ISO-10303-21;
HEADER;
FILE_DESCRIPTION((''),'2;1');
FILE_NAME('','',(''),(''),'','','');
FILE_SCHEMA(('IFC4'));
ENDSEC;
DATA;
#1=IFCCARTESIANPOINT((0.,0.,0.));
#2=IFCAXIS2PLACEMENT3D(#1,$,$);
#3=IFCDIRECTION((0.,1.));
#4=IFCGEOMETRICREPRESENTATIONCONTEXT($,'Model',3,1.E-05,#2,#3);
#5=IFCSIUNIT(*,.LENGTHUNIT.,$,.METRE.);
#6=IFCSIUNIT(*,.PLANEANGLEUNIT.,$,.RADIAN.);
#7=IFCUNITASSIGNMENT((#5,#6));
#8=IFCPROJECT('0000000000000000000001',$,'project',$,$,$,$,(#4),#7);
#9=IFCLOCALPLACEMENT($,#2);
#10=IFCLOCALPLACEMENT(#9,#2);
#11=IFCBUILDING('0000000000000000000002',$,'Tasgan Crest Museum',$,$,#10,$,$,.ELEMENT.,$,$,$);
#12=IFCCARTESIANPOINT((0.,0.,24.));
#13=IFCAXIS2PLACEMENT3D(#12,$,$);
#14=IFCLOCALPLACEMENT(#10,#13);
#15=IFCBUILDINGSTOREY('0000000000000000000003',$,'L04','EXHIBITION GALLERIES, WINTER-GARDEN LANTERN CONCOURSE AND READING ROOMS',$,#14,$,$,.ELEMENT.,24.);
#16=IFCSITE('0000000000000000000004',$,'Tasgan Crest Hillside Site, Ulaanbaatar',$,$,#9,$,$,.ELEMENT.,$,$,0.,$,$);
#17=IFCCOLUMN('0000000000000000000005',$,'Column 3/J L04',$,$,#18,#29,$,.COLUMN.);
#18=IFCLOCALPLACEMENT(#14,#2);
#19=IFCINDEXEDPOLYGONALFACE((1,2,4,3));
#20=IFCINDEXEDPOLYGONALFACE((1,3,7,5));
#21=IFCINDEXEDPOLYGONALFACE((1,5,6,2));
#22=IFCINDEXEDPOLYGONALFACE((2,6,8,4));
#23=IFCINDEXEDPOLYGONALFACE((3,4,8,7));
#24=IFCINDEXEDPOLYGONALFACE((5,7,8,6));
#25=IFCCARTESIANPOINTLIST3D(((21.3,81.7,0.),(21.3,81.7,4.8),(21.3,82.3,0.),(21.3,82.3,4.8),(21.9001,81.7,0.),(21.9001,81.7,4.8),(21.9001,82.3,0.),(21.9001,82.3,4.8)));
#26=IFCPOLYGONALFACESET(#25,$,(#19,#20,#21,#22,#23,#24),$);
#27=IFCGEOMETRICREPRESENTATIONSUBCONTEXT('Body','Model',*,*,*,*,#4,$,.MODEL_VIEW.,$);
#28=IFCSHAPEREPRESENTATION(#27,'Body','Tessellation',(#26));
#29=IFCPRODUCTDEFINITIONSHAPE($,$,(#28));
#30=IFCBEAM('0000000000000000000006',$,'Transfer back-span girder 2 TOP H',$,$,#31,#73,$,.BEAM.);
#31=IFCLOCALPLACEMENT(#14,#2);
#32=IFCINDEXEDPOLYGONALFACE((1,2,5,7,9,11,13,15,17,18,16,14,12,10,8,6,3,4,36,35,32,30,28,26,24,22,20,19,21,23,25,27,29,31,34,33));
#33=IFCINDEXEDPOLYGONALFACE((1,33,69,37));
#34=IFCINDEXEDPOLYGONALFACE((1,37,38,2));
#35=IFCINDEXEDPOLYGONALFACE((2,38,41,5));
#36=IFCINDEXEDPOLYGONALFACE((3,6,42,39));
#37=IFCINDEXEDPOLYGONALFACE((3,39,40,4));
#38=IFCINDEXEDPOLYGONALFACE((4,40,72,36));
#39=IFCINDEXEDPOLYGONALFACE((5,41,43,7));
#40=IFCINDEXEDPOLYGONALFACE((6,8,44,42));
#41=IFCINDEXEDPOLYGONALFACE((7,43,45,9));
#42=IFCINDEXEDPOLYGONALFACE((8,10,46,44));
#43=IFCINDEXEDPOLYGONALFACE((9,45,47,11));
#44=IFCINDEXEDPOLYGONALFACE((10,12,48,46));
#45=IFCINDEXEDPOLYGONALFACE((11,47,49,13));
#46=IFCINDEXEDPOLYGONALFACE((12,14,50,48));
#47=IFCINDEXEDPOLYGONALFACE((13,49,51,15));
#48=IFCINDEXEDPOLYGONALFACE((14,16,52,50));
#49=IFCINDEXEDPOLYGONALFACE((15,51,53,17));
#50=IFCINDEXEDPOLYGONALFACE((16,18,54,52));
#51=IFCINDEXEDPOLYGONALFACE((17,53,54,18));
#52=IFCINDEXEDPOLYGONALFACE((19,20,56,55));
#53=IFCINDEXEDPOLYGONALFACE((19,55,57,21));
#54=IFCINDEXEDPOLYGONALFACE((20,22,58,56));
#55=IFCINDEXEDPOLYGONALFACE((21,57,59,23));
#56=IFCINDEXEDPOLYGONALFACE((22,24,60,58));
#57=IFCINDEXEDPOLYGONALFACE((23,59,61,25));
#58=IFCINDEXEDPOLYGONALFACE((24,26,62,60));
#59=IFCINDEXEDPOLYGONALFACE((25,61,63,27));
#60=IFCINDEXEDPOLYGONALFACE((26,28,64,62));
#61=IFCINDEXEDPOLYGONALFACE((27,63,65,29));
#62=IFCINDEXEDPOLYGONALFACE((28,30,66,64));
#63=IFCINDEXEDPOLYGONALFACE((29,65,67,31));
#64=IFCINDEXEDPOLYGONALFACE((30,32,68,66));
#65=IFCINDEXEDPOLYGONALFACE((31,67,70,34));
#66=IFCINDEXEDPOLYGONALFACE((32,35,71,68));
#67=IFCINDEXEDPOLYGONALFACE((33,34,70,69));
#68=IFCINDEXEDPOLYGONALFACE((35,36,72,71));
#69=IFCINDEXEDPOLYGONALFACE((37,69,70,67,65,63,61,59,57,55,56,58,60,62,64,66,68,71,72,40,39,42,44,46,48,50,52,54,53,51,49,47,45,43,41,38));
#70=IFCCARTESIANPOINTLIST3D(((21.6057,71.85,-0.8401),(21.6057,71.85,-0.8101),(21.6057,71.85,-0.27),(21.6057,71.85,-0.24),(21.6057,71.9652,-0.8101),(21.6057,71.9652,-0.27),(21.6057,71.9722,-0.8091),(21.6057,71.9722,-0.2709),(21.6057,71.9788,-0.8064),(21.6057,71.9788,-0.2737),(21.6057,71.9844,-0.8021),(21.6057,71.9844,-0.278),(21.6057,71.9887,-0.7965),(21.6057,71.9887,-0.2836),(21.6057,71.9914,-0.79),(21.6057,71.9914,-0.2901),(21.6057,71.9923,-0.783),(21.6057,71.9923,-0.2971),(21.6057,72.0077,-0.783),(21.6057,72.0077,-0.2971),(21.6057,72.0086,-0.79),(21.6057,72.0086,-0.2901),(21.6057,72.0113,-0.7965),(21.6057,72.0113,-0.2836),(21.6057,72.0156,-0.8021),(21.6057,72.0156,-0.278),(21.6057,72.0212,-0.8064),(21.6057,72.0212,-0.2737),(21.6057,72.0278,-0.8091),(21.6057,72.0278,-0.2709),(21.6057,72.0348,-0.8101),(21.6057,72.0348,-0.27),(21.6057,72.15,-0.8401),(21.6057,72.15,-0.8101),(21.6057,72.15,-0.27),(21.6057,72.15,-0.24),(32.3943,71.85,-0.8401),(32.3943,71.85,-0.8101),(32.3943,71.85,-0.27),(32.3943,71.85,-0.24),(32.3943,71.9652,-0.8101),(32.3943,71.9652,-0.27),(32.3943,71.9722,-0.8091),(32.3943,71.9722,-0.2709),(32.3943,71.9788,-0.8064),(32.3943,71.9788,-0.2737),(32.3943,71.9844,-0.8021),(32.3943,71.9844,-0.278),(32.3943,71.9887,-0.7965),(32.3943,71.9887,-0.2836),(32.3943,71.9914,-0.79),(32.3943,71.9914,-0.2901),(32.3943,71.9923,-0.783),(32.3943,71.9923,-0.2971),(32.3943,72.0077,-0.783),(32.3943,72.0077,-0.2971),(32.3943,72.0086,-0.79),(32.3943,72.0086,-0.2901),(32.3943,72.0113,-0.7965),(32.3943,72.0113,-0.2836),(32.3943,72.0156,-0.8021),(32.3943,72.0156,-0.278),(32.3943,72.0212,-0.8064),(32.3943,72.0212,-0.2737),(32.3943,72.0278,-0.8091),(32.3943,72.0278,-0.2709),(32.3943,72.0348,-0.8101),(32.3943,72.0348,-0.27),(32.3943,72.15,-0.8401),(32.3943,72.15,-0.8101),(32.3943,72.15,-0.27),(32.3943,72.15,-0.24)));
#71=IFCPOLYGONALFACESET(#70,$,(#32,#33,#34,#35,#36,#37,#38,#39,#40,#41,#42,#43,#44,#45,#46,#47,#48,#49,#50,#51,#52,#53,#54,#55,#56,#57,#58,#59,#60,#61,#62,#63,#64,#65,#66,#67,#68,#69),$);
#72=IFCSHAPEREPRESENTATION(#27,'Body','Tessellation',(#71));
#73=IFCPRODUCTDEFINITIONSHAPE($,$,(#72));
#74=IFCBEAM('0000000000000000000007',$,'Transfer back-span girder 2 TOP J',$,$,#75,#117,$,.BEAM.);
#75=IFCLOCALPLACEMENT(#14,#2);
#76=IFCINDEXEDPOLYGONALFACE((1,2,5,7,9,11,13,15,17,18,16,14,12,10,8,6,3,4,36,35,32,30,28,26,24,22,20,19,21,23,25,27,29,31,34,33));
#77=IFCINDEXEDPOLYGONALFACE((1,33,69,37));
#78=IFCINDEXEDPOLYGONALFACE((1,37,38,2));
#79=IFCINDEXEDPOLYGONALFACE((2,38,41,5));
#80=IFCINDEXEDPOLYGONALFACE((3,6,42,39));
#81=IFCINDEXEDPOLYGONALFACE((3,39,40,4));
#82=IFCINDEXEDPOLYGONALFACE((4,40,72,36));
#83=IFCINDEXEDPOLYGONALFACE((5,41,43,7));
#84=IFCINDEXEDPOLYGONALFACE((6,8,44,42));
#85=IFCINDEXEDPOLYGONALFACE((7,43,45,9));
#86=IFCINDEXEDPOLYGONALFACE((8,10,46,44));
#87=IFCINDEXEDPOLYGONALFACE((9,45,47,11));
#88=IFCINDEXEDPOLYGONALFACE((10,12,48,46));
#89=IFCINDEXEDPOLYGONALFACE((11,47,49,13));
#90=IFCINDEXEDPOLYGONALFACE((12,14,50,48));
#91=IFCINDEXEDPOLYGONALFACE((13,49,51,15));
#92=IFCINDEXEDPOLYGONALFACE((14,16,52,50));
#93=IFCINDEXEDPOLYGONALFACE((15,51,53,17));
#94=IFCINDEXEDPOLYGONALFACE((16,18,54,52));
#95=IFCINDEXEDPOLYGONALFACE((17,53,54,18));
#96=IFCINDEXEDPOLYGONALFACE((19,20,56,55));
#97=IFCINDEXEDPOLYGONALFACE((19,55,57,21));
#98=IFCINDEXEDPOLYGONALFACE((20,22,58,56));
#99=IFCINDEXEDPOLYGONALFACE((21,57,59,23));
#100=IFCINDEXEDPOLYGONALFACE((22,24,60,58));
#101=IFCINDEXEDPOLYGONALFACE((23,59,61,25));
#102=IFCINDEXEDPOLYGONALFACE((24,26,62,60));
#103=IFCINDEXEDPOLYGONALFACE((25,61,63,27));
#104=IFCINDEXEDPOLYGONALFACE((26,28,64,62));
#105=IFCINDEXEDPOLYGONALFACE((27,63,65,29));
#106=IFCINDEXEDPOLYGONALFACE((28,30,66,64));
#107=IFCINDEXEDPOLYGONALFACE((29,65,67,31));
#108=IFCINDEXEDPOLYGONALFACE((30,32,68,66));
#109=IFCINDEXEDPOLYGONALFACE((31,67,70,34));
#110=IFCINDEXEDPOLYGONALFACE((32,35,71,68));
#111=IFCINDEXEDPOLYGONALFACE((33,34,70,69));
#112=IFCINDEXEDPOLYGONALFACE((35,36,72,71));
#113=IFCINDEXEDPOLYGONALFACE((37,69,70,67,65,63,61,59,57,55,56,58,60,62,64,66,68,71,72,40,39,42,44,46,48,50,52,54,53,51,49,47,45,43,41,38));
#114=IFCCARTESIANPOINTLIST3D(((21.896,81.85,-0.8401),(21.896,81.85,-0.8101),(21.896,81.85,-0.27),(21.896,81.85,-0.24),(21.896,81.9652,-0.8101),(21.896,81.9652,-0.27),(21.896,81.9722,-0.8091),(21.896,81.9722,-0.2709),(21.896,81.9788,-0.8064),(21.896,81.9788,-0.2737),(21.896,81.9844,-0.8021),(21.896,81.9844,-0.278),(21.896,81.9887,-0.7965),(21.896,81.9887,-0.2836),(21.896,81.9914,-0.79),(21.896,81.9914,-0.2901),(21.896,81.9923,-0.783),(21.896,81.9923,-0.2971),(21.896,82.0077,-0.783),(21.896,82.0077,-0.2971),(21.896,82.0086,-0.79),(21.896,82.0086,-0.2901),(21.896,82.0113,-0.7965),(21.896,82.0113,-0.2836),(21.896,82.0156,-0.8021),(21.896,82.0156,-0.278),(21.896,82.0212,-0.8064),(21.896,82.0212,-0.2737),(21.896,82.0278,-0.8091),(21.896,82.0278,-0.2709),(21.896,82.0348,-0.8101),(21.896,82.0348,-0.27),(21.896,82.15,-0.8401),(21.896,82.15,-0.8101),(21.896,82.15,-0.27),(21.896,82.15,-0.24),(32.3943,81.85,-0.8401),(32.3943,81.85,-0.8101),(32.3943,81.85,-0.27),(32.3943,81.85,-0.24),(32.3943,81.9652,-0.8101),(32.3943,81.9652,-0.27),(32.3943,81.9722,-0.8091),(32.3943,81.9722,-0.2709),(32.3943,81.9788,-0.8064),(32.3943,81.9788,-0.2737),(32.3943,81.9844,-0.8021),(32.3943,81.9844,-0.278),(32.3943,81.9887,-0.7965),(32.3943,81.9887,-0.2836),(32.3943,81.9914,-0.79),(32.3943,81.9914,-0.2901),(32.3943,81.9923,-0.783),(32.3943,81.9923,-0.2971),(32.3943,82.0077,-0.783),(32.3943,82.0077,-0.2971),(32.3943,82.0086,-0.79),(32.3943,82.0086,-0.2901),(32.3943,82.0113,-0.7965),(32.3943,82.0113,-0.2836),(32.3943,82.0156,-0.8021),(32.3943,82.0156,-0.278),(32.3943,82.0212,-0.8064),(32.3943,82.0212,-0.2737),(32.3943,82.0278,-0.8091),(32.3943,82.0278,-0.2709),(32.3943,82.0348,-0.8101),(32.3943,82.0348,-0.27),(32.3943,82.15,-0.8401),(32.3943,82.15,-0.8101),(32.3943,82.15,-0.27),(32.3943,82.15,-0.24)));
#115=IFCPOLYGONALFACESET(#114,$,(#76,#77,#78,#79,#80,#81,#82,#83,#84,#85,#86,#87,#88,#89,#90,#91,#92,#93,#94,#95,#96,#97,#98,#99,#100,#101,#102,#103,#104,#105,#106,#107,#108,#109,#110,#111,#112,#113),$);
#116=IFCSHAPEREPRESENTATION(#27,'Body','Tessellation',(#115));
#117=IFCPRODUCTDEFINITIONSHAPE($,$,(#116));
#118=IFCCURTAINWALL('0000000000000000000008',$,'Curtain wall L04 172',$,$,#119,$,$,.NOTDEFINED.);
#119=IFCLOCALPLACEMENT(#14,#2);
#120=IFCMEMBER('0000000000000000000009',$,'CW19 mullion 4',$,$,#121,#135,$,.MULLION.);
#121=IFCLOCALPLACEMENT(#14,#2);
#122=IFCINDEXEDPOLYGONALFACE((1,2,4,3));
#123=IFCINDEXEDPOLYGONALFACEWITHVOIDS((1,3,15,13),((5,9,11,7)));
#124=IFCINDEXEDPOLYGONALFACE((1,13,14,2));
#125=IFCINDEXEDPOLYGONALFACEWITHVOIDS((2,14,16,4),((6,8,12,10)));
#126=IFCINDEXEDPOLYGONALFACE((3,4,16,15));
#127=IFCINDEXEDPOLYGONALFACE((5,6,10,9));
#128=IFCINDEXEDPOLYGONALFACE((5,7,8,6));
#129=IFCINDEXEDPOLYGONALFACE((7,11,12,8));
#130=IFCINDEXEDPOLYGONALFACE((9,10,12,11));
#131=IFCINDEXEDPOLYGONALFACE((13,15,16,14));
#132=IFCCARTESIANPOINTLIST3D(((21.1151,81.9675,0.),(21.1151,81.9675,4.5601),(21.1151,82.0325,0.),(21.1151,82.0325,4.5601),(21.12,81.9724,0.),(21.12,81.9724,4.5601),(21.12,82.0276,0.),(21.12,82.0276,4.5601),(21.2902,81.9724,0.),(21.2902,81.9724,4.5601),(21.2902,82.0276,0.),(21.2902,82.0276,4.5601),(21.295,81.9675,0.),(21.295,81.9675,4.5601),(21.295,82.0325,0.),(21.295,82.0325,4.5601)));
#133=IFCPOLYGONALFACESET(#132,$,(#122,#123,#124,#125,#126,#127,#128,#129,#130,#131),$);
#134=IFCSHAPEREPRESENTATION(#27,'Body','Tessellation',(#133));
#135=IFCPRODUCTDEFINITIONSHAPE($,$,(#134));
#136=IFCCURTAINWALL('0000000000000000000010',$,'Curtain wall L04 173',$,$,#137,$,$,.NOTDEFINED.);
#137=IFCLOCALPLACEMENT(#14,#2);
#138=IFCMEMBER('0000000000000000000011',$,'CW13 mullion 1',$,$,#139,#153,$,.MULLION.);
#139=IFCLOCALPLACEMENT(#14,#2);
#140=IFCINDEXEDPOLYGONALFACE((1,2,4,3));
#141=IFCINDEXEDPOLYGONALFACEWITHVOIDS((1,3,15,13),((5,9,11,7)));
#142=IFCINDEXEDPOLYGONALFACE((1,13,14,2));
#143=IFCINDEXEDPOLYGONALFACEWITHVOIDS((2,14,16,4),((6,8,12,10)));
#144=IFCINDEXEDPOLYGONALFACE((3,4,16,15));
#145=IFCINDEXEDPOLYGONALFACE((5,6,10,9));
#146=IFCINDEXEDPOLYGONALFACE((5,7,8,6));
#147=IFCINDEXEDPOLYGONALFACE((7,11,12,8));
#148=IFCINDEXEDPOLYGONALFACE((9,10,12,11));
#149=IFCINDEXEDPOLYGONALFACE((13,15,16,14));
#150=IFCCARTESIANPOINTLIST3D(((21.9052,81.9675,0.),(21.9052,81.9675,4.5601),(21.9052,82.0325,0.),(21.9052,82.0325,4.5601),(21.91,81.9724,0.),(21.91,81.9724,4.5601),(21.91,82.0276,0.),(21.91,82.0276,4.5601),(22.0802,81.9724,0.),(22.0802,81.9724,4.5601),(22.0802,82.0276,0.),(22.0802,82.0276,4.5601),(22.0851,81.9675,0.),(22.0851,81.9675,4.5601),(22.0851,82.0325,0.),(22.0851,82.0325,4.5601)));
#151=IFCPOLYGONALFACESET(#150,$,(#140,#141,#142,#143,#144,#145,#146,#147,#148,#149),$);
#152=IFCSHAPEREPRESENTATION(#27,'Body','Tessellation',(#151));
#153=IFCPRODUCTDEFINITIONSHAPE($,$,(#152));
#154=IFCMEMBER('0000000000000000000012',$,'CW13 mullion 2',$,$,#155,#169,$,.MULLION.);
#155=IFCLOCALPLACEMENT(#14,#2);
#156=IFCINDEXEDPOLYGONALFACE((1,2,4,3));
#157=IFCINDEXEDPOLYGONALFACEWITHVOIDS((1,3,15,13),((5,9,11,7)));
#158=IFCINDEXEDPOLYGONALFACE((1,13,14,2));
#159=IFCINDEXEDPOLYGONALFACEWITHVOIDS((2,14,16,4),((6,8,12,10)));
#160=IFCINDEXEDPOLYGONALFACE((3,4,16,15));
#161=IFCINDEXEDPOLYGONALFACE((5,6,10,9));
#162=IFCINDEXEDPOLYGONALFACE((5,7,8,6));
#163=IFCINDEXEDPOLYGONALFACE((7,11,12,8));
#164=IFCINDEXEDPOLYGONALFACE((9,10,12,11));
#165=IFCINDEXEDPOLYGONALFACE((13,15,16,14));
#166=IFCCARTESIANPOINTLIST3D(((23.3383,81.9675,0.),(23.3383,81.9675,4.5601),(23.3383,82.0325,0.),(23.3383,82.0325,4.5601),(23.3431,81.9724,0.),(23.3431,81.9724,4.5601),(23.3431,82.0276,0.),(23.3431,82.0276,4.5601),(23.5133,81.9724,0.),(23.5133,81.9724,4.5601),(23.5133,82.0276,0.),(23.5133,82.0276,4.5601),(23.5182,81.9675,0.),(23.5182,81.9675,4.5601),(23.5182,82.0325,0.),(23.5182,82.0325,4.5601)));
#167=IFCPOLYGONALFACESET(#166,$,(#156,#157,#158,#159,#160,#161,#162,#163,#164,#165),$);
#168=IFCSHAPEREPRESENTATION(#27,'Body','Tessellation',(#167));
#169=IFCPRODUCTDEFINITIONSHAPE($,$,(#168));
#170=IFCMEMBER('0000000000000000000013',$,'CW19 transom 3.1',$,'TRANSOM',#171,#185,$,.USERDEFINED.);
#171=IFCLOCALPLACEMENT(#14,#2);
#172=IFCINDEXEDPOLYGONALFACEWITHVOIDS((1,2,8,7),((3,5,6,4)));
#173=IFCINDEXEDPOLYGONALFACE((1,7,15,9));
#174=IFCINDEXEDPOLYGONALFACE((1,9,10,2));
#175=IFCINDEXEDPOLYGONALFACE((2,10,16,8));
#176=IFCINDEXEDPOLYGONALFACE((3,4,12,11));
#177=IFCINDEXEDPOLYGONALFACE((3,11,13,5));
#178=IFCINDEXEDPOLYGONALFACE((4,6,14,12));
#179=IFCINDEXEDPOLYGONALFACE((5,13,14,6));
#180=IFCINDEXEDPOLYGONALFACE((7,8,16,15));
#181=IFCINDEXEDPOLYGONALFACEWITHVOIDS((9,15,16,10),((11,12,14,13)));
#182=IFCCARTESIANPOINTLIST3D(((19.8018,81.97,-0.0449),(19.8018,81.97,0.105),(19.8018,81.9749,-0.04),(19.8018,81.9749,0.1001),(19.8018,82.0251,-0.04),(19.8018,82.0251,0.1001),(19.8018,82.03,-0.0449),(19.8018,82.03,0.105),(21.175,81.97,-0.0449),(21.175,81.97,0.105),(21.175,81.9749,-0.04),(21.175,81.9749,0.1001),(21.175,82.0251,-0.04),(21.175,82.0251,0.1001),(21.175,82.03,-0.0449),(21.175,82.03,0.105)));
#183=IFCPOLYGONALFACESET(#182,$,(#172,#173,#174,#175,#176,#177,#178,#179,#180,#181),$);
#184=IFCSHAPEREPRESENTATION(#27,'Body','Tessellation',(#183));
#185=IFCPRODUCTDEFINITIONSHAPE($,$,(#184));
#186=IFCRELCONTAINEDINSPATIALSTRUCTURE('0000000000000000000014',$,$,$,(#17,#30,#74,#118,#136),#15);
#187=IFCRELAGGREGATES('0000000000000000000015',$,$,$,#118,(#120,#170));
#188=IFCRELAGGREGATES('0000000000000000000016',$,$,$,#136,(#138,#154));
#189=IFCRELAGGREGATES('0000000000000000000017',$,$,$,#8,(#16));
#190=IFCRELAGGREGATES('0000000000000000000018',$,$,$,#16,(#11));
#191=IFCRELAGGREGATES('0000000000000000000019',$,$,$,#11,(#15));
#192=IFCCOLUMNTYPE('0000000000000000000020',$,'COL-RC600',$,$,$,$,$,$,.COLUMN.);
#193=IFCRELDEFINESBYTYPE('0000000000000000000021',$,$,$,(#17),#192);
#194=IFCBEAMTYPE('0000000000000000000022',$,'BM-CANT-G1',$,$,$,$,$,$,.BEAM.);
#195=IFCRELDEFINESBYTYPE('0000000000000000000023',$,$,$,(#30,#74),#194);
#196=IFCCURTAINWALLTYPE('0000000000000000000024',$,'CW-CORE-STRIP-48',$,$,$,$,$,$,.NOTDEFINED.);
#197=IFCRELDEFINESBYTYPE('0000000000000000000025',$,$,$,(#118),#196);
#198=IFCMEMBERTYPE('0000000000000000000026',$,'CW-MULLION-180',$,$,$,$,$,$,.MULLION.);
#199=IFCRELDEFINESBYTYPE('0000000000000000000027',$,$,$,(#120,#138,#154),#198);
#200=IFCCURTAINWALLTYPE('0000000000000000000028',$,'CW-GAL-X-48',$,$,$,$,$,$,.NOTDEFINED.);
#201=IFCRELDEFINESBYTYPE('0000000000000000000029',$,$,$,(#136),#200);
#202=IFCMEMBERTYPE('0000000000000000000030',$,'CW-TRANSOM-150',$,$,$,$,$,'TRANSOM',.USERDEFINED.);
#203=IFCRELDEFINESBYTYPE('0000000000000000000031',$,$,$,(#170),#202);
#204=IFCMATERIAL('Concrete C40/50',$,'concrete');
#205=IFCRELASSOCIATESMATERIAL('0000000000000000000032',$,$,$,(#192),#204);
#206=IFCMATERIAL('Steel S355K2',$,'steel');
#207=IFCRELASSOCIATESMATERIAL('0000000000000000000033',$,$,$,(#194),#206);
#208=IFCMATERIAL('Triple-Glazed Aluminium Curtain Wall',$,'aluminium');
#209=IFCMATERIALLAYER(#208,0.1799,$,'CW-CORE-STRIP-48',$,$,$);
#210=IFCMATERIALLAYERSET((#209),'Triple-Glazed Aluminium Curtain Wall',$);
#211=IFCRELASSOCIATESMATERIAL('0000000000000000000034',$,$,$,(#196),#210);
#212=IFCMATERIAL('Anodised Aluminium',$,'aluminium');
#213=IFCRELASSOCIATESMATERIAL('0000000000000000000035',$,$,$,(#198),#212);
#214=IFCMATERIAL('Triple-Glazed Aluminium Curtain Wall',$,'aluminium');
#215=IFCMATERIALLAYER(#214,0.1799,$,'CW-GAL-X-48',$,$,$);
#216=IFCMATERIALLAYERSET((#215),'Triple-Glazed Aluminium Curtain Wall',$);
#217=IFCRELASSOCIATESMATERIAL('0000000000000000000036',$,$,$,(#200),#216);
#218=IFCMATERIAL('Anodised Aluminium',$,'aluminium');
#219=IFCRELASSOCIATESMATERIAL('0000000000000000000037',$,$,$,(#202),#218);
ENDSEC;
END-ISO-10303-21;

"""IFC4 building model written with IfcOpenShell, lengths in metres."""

from ifc_helpers import new_model, si_unit, direction, frame, origin, origin_2d, place, context, subcontext, project, spatial, rectangle, hollow_rectangle, i_section, extrude, material, layer, layer_set, material_profile, profile_set, type_object, element, aggregate, save


model = new_model("IFC4")

# Units and contexts
model_context = context("Model", 3, precision=1e-05, world=origin(), true_north=direction((0.0, 1.0)))
body_context = subcontext(model_context, "Body", "Model", "MODEL_VIEW")
ifc_project = project(units=[si_unit("LENGTHUNIT", "METRE"), si_unit("PLANEANGLEUNIT", "RADIAN")], contexts=[model_context])

# Site, building, storey
site_placement = place(None, origin())
site = spatial("IfcSite", under=ifc_project, at=site_placement, Name="Tasgan Crest Hillside Site, Ulaanbaatar", CompositionType="ELEMENT", RefElevation=0.0)
building_placement = place(site_placement, origin())
building = spatial("IfcBuilding", under=site, at=building_placement, Name="Tasgan Crest Museum", CompositionType="ELEMENT")
storey_placement = place(building_placement, frame((0.0, 0.0, 24.0)))
storey = spatial("IfcBuildingStorey", under=building, at=storey_placement, Name="L04", Description="EXHIBITION GALLERIES, WINTER-GARDEN LANTERN CONCOURSE AND READING ROOMS", CompositionType="ELEMENT", Elevation=24.0)

# Column
ifc_material_1 = material(Name="Concrete C40/50", Category="concrete")
ifc_material_profile_1 = material_profile(ifc_material_1, rectangle(XDim=0.6001, YDim=0.6001, at=origin_2d()), Name="RC 600x600")
ifc_profile_set_1 = profile_set([ifc_material_profile_1], Name="Concrete C40/50")
column_type = type_object("IfcColumnType", Name="COL-RC600", PredefinedType="COLUMN", material=ifc_profile_set_1)
column_placement = place(storey_placement, frame((21.6001, 82.0, 0.0), z_axis=(0.0, 0.0, 1.0), x_axis=(1.0, 0.0, 0.0)))
element("IfcColumn", 1, at=column_placement, inside=storey, type_object=column_type, Name="Column 3/J L04", PredefinedType="COLUMN", context=body_context, shape_type="SweptSolid", body=[
    extrude(rectangle(XDim=0.6001, YDim=0.6001, at=origin_2d()), origin(), (0.0, 0.0, 1.0), 4.8),
])

# Beams
ifc_material_2 = material(Name="Steel S355K2", Category="steel")
ifc_material_profile_2 = material_profile(ifc_material_2, i_section(OverallWidth=0.3, OverallDepth=0.6001, WebThickness=0.0154, FlangeThickness=0.03, FilletRadius=0.0271, at=origin_2d()), Name="HEB 600")
ifc_profile_set_2 = profile_set([ifc_material_profile_2], Name="Steel S355K2")
beam_type = type_object("IfcBeamType", Name="BM-CANT-G1", PredefinedType="BEAM", material=ifc_profile_set_2)
beam_1_placement = place(storey_placement, frame((21.6057, 72.0, -0.54), z_axis=(1.0, 0.0, 0.0), x_axis=(0.0, 1.0, 0.0)))
element("IfcBeam", 2, at=beam_1_placement, inside=storey, type_object=beam_type, Name="Transfer back-span girder 2 TOP H", PredefinedType="BEAM", context=body_context, shape_type="SweptSolid", body=[
    extrude(i_section(OverallWidth=0.3, OverallDepth=0.6001, WebThickness=0.0154, FlangeThickness=0.03, FilletRadius=0.0271, at=origin_2d()), origin(), (0.0, 0.0, 1.0), 10.7886),
])
beam_2_placement = place(storey_placement, frame((21.896, 82.0, -0.54), z_axis=(1.0, 0.0, 0.0), x_axis=(0.0, 1.0, 0.0)))
element("IfcBeam", 3, at=beam_2_placement, inside=storey, type_object=beam_type, Name="Transfer back-span girder 2 TOP J", PredefinedType="BEAM", context=body_context, shape_type="SweptSolid", body=[
    extrude(i_section(OverallWidth=0.3, OverallDepth=0.6001, WebThickness=0.0154, FlangeThickness=0.03, FilletRadius=0.0271, at=origin_2d()), origin(), (0.0, 0.0, 1.0), 10.4983),
])

# Curtain wall, member
ifc_material_3 = material(Name="Triple-Glazed Aluminium Curtain Wall", Category="aluminium")
ifc_layer_1 = layer(ifc_material_3, 0.1799, Name="CW-CORE-STRIP-48")
ifc_layer_set_1 = layer_set([ifc_layer_1], Name="Triple-Glazed Aluminium Curtain Wall")
curtain_wall_type_1 = type_object("IfcCurtainWallType", Name="CW-CORE-STRIP-48", PredefinedType="NOTDEFINED", material=ifc_layer_set_1)
curtain_wall_1_placement = place(storey_placement, origin())
curtain_wall_1 = element("IfcCurtainWall", 4, at=curtain_wall_1_placement, inside=storey, type_object=curtain_wall_type_1, Name="Curtain wall L04 172", PredefinedType="NOTDEFINED")
ifc_material_4 = material(Name="Anodised Aluminium", Category="aluminium")
ifc_material_profile_3 = material_profile(ifc_material_4, hollow_rectangle(XDim=0.0649, YDim=0.1799, WallThickness=0.0049, at=origin_2d()), Name="ALU MULLION 180x65x5")
ifc_profile_set_3 = profile_set([ifc_material_profile_3], Name="Anodised Aluminium")
member_type_1 = type_object("IfcMemberType", Name="CW-MULLION-180", PredefinedType="MULLION", material=ifc_profile_set_3)
member_1_placement = place(storey_placement, frame((21.2051, 82.0, 0.0), z_axis=(0.0, 0.0, 1.0), x_axis=(0.0, 1.0, 0.0)))
member_1 = element("IfcMember", 5, at=member_1_placement, type_object=member_type_1, Name="CW19 mullion 4", PredefinedType="MULLION", context=body_context, shape_type="SweptSolid", body=[
    extrude(hollow_rectangle(XDim=0.0649, YDim=0.1799, WallThickness=0.0049, at=origin_2d()), origin(), (0.0, 0.0, 1.0), 4.5601),
])

# Curtain wall, members
ifc_material_5 = material(Name="Triple-Glazed Aluminium Curtain Wall", Category="aluminium")
ifc_layer_2 = layer(ifc_material_5, 0.1799, Name="CW-GAL-X-48")
ifc_layer_set_2 = layer_set([ifc_layer_2], Name="Triple-Glazed Aluminium Curtain Wall")
curtain_wall_type_2 = type_object("IfcCurtainWallType", Name="CW-GAL-X-48", PredefinedType="NOTDEFINED", material=ifc_layer_set_2)
curtain_wall_2_placement = place(storey_placement, origin())
curtain_wall_2 = element("IfcCurtainWall", 6, at=curtain_wall_2_placement, inside=storey, type_object=curtain_wall_type_2, Name="Curtain wall L04 173", PredefinedType="NOTDEFINED")
member_2_placement = place(storey_placement, frame((21.9951, 82.0, 0.0), z_axis=(0.0, 0.0, 1.0), x_axis=(0.0, 1.0, 0.0)))
member_2 = element("IfcMember", 7, at=member_2_placement, type_object=member_type_1, Name="CW13 mullion 1", PredefinedType="MULLION", context=body_context, shape_type="SweptSolid", body=[
    extrude(hollow_rectangle(XDim=0.0649, YDim=0.1799, WallThickness=0.0049, at=origin_2d()), origin(), (0.0, 0.0, 1.0), 4.5601),
])
member_3_placement = place(storey_placement, frame((23.4282, 82.0, 0.0), z_axis=(0.0, 0.0, 1.0), x_axis=(0.0, 1.0, 0.0)))
member_3 = element("IfcMember", 8, at=member_3_placement, type_object=member_type_1, Name="CW13 mullion 2", PredefinedType="MULLION", context=body_context, shape_type="SweptSolid", body=[
    extrude(hollow_rectangle(XDim=0.0649, YDim=0.1799, WallThickness=0.0049, at=origin_2d()), origin(), (0.0, 0.0, 1.0), 4.5601),
])

# Member
ifc_material_6 = material(Name="Anodised Aluminium", Category="aluminium")
ifc_material_profile_4 = material_profile(ifc_material_6, hollow_rectangle(XDim=0.0601, YDim=0.1499, WallThickness=0.0049, at=origin_2d()), Name="ALU TRANSOM 150x60x5")
ifc_profile_set_4 = profile_set([ifc_material_profile_4], Name="Anodised Aluminium")
member_type_2 = type_object("IfcMemberType", Name="CW-TRANSOM-150", ElementType="TRANSOM", PredefinedType="USERDEFINED", material=ifc_profile_set_4)
member_4_placement = place(storey_placement, frame((19.8018, 82.0, 0.03), z_axis=(1.0, 0.0, 0.0), x_axis=(0.0, 1.0, 0.0)))
member_4 = element("IfcMember", 9, at=member_4_placement, type_object=member_type_2, Name="CW19 transom 3.1", ObjectType="TRANSOM", PredefinedType="USERDEFINED", context=body_context, shape_type="SweptSolid", body=[
    extrude(hollow_rectangle(XDim=0.0601, YDim=0.1499, WallThickness=0.0049, at=origin_2d()), origin(), (0.0, 0.0, 1.0), 1.3733),
])

aggregate(curtain_wall_1, [member_1, member_4])
aggregate(curtain_wall_2, [member_2, member_3])

save(model, "model.ifc")
